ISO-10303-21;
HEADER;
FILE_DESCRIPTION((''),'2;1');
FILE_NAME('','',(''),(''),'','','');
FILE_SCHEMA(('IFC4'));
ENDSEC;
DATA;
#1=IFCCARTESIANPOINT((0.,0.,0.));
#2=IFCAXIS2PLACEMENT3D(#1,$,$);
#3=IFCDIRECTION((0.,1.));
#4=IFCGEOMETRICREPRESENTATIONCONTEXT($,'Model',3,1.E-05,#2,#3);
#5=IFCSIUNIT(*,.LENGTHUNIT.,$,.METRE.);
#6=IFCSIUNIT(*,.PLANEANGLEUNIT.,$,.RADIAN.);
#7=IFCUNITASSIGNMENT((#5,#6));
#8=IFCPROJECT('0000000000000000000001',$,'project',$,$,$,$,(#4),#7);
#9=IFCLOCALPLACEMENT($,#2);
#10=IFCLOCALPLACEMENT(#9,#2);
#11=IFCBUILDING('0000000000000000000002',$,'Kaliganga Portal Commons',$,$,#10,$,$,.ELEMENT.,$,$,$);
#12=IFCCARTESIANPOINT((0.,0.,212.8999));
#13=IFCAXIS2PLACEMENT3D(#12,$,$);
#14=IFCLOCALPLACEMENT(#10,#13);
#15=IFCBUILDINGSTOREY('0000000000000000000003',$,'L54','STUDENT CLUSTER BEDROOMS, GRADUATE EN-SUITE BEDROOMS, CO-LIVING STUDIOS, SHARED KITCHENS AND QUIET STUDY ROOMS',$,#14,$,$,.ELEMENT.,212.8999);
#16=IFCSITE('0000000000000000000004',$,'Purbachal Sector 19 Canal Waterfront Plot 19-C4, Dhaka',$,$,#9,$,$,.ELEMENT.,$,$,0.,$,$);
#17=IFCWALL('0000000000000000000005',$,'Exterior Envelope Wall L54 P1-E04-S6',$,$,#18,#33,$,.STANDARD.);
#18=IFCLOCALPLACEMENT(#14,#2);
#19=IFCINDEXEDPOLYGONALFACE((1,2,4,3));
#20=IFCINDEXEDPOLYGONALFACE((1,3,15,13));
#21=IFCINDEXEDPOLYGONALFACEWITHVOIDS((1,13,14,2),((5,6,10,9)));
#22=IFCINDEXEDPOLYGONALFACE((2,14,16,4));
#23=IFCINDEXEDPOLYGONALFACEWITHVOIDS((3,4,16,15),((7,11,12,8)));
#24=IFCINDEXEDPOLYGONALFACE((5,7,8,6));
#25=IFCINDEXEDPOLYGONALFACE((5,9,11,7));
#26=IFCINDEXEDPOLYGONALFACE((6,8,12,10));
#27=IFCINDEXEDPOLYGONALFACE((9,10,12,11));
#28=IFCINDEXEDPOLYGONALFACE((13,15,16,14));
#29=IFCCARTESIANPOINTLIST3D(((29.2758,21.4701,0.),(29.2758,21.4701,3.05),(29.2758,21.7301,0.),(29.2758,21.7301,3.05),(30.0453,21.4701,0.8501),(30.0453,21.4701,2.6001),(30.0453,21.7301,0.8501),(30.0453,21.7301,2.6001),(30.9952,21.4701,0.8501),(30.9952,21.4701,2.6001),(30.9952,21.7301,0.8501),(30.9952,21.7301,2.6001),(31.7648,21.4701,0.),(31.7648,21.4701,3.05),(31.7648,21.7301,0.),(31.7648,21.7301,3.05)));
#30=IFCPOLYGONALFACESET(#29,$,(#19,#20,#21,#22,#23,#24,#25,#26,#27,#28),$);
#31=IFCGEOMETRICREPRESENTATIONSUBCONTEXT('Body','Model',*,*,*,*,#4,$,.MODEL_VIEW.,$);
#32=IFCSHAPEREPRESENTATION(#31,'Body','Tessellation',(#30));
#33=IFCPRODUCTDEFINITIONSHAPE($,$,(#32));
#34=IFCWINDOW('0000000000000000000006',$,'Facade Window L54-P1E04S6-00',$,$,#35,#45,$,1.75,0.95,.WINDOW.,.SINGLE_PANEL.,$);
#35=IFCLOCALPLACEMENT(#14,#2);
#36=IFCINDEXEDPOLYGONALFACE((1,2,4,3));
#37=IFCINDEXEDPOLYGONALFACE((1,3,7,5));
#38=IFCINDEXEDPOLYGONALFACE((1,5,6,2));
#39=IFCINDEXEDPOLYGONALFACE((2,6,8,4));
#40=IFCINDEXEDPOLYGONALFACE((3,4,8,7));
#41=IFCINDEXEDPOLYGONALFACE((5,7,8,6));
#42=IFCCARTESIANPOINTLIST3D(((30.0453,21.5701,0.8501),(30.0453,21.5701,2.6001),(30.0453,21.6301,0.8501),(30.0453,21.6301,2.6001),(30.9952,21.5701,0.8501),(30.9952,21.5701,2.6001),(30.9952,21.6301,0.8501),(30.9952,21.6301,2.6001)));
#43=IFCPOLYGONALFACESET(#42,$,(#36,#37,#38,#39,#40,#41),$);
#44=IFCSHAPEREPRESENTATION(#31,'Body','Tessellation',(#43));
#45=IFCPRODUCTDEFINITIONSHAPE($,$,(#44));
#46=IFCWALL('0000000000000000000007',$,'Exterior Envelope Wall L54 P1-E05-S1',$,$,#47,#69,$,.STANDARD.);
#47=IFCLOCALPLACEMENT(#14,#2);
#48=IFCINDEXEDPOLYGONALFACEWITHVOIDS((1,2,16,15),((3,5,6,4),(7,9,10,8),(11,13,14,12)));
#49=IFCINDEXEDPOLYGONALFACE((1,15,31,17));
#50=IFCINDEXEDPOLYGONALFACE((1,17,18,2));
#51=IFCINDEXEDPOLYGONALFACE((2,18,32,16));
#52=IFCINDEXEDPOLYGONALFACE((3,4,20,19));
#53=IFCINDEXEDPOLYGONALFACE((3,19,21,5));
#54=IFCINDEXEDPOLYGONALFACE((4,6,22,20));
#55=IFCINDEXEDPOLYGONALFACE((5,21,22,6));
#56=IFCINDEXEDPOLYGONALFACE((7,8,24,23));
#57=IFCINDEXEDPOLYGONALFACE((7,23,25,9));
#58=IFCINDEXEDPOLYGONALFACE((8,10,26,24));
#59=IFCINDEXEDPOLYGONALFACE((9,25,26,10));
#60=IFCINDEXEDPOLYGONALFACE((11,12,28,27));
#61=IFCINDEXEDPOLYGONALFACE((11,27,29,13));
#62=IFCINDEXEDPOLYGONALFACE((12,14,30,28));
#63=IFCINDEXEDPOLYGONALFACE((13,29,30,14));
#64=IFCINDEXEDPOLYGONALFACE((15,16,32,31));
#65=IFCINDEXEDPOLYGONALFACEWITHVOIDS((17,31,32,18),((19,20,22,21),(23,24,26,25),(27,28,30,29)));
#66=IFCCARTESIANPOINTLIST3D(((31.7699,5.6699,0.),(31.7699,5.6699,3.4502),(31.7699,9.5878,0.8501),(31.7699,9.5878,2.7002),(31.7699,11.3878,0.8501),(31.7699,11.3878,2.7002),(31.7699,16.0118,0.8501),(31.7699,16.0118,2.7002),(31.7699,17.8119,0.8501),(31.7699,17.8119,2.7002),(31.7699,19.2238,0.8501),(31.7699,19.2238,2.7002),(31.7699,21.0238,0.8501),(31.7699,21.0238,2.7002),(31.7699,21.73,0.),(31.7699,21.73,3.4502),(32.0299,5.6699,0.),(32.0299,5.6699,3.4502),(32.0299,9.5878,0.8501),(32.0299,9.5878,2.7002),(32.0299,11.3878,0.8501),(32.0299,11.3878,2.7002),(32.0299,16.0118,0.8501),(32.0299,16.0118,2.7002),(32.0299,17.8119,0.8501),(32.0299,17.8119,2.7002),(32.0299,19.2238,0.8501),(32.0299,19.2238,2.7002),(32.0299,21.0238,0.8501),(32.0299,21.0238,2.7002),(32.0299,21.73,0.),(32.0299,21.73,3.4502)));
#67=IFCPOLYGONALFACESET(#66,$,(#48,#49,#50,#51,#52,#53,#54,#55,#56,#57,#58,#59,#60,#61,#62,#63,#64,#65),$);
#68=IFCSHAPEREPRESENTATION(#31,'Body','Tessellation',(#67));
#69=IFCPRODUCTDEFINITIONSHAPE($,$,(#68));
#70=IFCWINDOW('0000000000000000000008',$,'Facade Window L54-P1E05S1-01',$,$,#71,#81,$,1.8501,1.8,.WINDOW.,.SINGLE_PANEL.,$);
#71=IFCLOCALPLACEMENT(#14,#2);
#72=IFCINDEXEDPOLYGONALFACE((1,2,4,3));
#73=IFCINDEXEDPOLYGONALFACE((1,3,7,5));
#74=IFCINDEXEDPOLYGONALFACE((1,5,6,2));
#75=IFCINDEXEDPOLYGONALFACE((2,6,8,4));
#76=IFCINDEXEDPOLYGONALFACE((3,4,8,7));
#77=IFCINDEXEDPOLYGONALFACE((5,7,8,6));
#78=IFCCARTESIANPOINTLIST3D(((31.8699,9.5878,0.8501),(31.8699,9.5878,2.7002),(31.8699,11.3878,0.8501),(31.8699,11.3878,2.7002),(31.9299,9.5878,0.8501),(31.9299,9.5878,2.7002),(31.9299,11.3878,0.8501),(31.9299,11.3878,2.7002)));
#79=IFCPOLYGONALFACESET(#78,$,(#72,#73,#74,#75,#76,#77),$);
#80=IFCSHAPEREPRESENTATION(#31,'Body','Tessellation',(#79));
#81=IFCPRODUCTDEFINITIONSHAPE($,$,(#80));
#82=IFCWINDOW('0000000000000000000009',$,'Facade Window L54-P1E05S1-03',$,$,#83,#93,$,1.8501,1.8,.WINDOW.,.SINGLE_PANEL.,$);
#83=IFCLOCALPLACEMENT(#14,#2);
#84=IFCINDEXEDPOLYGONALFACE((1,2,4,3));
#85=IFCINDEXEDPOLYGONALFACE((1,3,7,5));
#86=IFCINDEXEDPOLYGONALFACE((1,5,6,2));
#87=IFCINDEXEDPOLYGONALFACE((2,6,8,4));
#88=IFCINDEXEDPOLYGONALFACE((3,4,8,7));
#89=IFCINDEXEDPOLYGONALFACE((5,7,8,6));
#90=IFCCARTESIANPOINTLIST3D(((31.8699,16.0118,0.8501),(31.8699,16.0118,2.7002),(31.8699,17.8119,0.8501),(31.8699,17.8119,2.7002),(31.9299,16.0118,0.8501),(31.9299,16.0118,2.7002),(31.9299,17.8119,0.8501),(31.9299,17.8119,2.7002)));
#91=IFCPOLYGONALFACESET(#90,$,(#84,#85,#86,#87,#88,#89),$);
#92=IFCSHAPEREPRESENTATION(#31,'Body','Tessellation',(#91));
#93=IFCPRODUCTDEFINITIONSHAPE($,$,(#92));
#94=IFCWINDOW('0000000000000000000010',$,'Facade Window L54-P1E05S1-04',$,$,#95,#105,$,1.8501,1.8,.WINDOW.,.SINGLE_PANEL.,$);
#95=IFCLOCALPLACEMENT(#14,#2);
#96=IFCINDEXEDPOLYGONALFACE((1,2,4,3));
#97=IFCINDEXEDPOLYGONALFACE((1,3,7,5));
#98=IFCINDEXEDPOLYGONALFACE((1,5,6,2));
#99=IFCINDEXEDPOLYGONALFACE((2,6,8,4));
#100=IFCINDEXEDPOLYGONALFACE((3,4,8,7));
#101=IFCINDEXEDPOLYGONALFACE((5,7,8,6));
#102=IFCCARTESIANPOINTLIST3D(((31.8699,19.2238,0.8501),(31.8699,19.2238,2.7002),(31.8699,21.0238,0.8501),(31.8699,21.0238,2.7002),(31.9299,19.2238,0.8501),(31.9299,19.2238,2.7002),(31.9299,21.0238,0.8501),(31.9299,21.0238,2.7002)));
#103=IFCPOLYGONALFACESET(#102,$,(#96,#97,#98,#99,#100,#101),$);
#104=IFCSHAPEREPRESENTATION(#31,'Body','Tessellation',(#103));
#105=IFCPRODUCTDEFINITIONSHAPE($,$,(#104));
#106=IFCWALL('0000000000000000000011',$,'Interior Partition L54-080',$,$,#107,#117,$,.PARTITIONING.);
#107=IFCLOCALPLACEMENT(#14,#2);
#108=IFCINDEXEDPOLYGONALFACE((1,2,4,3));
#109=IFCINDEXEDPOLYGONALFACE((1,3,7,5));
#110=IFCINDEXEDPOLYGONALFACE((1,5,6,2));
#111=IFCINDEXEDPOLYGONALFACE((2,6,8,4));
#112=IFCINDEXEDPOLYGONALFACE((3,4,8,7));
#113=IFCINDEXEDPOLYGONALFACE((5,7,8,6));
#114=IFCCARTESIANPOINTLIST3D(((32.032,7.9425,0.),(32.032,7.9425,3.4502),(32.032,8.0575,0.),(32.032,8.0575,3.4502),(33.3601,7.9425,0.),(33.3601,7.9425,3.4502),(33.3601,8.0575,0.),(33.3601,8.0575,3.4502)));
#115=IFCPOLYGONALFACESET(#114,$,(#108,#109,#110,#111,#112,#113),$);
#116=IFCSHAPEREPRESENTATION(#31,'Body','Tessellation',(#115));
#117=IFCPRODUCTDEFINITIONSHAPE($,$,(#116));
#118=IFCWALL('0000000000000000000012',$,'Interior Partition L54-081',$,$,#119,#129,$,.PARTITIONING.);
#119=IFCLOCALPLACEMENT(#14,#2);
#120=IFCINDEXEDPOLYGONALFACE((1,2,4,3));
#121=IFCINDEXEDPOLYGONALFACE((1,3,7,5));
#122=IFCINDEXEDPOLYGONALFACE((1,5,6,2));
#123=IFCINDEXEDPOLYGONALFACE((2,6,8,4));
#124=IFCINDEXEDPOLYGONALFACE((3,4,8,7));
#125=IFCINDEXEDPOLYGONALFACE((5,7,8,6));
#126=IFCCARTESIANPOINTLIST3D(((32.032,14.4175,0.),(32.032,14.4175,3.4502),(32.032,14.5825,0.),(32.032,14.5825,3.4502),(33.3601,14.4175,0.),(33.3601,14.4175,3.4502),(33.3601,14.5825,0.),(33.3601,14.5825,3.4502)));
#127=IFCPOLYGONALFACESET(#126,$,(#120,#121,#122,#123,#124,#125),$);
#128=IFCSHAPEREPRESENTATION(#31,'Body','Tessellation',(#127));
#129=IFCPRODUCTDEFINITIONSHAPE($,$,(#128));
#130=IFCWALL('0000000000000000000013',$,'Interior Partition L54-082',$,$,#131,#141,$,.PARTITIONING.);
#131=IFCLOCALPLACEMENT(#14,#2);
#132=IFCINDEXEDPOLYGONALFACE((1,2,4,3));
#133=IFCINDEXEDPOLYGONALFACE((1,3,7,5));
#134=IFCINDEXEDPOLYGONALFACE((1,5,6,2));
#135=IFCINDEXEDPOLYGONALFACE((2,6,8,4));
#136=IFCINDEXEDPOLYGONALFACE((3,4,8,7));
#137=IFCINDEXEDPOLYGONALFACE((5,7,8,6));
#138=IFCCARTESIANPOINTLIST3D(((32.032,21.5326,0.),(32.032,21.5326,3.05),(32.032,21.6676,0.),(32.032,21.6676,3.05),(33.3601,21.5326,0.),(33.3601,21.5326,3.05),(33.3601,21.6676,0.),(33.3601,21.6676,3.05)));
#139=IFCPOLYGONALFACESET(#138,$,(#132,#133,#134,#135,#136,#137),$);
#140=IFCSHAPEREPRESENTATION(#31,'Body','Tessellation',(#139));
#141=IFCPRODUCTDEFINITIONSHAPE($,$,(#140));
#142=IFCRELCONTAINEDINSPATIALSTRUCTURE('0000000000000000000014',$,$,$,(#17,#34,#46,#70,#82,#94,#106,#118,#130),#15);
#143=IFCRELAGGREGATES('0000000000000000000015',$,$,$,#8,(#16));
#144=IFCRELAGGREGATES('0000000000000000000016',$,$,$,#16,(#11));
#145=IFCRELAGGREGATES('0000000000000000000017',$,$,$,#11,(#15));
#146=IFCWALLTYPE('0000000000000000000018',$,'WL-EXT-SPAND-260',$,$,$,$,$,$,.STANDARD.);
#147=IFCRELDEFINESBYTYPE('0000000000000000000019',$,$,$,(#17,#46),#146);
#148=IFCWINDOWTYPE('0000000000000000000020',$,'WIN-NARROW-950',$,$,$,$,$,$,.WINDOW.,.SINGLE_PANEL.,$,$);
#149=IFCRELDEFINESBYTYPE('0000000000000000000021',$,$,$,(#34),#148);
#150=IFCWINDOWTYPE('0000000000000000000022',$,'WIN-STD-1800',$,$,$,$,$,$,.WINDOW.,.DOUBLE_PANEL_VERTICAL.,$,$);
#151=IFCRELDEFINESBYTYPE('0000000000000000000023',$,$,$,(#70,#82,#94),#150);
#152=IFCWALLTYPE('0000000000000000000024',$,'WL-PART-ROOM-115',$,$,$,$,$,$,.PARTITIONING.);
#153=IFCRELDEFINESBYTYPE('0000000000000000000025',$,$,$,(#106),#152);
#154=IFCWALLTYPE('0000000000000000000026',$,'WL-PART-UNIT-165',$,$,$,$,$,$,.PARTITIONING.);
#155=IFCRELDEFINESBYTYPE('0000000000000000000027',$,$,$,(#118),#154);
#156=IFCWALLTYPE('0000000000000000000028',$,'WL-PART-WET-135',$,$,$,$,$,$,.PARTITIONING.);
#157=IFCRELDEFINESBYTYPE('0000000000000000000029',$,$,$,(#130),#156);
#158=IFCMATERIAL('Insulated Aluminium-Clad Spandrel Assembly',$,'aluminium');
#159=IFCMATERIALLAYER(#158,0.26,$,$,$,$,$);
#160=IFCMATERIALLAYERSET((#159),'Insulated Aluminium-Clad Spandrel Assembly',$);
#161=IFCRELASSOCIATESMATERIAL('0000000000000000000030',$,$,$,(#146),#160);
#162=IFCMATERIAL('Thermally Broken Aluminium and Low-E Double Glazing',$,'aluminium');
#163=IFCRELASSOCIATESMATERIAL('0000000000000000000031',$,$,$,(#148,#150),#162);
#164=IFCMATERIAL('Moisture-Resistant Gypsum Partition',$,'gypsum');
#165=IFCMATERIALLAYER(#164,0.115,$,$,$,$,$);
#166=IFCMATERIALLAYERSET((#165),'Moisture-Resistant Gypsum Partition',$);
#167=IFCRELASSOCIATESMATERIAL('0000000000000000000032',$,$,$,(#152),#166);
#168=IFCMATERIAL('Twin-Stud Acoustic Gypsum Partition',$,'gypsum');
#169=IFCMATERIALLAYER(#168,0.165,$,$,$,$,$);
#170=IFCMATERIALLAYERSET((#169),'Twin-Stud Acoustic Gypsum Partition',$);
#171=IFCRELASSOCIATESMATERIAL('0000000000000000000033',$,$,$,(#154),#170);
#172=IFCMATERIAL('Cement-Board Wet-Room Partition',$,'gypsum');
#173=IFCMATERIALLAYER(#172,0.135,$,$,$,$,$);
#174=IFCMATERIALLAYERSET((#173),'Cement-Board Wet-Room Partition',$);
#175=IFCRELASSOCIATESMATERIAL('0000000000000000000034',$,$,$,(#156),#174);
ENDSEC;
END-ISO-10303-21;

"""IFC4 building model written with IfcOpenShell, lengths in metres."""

from ifc_helpers import new_model, si_unit, direction, frame, frame_2d, origin, place, context, subcontext, project, spatial, rectangle, extrude, material, layer, layer_set, type_object, element, fill, save


model = new_model("IFC4")

# Units and contexts
model_context = context("Model", 3, precision=1e-05, world=origin(), true_north=direction((0.0, 1.0)))
body_context = subcontext(model_context, "Body", "Model", "MODEL_VIEW")
ifc_project = project(units=[si_unit("LENGTHUNIT", "METRE"), si_unit("PLANEANGLEUNIT", "RADIAN")], contexts=[model_context])

# Site, building, storey
site_placement = place(None, origin())
site = spatial("IfcSite", under=ifc_project, at=site_placement, Name="Purbachal Sector 19 Canal Waterfront Plot 19-C4, Dhaka", CompositionType="ELEMENT", RefElevation=0.0)
building_placement = place(site_placement, origin())
building = spatial("IfcBuilding", under=site, at=building_placement, Name="Kaliganga Portal Commons", CompositionType="ELEMENT")
storey_placement = place(building_placement, frame((0.0, 0.0, 212.8999)))
storey = spatial("IfcBuildingStorey", under=building, at=storey_placement, Name="L54", Description="STUDENT CLUSTER BEDROOMS, GRADUATE EN-SUITE BEDROOMS, CO-LIVING STUDIOS, SHARED KITCHENS AND QUIET STUDY ROOMS", CompositionType="ELEMENT", Elevation=212.8999)

# Wall, opening, window
ifc_material_1 = material(Name="Insulated Aluminium-Clad Spandrel Assembly", Category="aluminium")
ifc_layer_1 = layer(ifc_material_1, 0.26)
ifc_layer_set_1 = layer_set([ifc_layer_1], Name="Insulated Aluminium-Clad Spandrel Assembly")
wall_type_1 = type_object("IfcWallType", Name="WL-EXT-SPAND-260", PredefinedType="STANDARD", material=ifc_layer_set_1)
ifc_material_2 = material(Name="Thermally Broken Aluminium and Low-E Double Glazing", Category="aluminium")
window_type_1 = type_object("IfcWindowType", Name="WIN-NARROW-950", PartitioningType="SINGLE_PANEL", PredefinedType="WINDOW", material=ifc_material_2)
wall_1_placement = place(storey_placement, frame((31.7649, 21.6001, 0.0), z_axis=(0.0, 0.0, 1.0), x_axis=(-1.0, 0.0, 0.0)))
wall_1 = element("IfcWall", 1, at=wall_1_placement, inside=storey, type_object=wall_type_1, Name="Exterior Envelope Wall L54 P1-E04-S6", PredefinedType="STANDARD", context=body_context, shape_type="SweptSolid", body=[
    extrude(rectangle(XDim=2.489, YDim=0.26, at=frame_2d((1.2446, 0.0))), origin(), (0.0, 0.0, 1.0), 3.05),
])
opening_1_placement = place(wall_1_placement, frame((0.7695, 0.0, 0.8501)))
opening_1 = element("IfcOpeningElement", 2, at=opening_1_placement, cuts=wall_1, PredefinedType="OPENING", context=body_context, shape_type="SweptSolid", body=[
    extrude(rectangle(XDim=0.95, YDim=1.75, at=frame_2d((0.4751, 0.875))), frame((0.0, 0.1401, 0.0), z_axis=(0.0, -1.0, 0.0), x_axis=(1.0, 0.0, 0.0)), (0.0, 0.0, 1.0), 0.28),
])
window_1_placement = place(opening_1_placement, origin())
window_1 = element("IfcWindow", 3, at=window_1_placement, inside=storey, type_object=window_type_1, Name="Facade Window L54-P1E04S6-00", OverallHeight=1.75, OverallWidth=0.95, PartitioningType="SINGLE_PANEL", PredefinedType="WINDOW", context=body_context, shape_type="SweptSolid", body=[
    extrude(rectangle(XDim=0.95, YDim=1.75, at=frame_2d((0.4751, 0.875))), frame((0.0, 0.03, 0.0), z_axis=(0.0, -1.0, 0.0), x_axis=(1.0, 0.0, 0.0)), (0.0, 0.0, 1.0), 0.0601),
])
fill(opening_1, window_1)

# Wall, openings, windows
wall_2_placement = place(storey_placement, frame((31.8999, 5.6699, 0.0), z_axis=(0.0, 0.0, 1.0), x_axis=(0.0, 1.0, 0.0)))
wall_2 = element("IfcWall", 4, at=wall_2_placement, inside=storey, type_object=wall_type_1, Name="Exterior Envelope Wall L54 P1-E05-S1", PredefinedType="STANDARD", context=body_context, shape_type="SweptSolid", body=[
    extrude(rectangle(XDim=16.0601, YDim=0.26, at=frame_2d((8.03, 0.0))), origin(), (0.0, 0.0, 1.0), 3.4502),
])
opening_2_placement = place(wall_2_placement, frame((3.918, 0.0, 0.8501)))
opening_2 = element("IfcOpeningElement", 5, at=opening_2_placement, cuts=wall_2, PredefinedType="OPENING", context=body_context, shape_type="SweptSolid", body=[
    extrude(rectangle(XDim=1.8, YDim=1.8501, at=frame_2d((0.8999, 0.925))), frame((0.0, 0.1401, 0.0), z_axis=(0.0, -1.0, 0.0), x_axis=(1.0, 0.0, 0.0)), (0.0, 0.0, 1.0), 0.28),
])
opening_3_placement = place(wall_2_placement, frame((10.342, 0.0, 0.8501)))
opening_3 = element("IfcOpeningElement", 6, at=opening_3_placement, cuts=wall_2, PredefinedType="OPENING", context=body_context, shape_type="SweptSolid", body=[
    extrude(rectangle(XDim=1.8, YDim=1.8501, at=frame_2d((0.8999, 0.925))), frame((0.0, 0.1401, 0.0), z_axis=(0.0, -1.0, 0.0), x_axis=(1.0, 0.0, 0.0)), (0.0, 0.0, 1.0), 0.28),
])
opening_4_placement = place(wall_2_placement, frame((13.554, 0.0, 0.8501)))
opening_4 = element("IfcOpeningElement", 7, at=opening_4_placement, cuts=wall_2, PredefinedType="OPENING", context=body_context, shape_type="SweptSolid", body=[
    extrude(rectangle(XDim=1.8, YDim=1.8501, at=frame_2d((0.8999, 0.925))), frame((0.0, 0.1401, 0.0), z_axis=(0.0, -1.0, 0.0), x_axis=(1.0, 0.0, 0.0)), (0.0, 0.0, 1.0), 0.28),
])
window_type_2 = type_object("IfcWindowType", Name="WIN-STD-1800", PartitioningType="DOUBLE_PANEL_VERTICAL", PredefinedType="WINDOW", material=ifc_material_2)
window_2_placement = place(opening_2_placement, origin())
window_2 = element("IfcWindow", 8, at=window_2_placement, inside=storey, type_object=window_type_2, Name="Facade Window L54-P1E05S1-01", OverallHeight=1.8501, OverallWidth=1.8, PartitioningType="SINGLE_PANEL", PredefinedType="WINDOW", context=body_context, shape_type="SweptSolid", body=[
    extrude(rectangle(XDim=1.8, YDim=1.8501, at=frame_2d((0.8999, 0.925))), frame((0.0, 0.03, 0.0), z_axis=(0.0, -1.0, 0.0), x_axis=(1.0, 0.0, 0.0)), (0.0, 0.0, 1.0), 0.0601),
])
fill(opening_2, window_2)
window_3_placement = place(opening_3_placement, origin())
window_3 = element("IfcWindow", 9, at=window_3_placement, inside=storey, type_object=window_type_2, Name="Facade Window L54-P1E05S1-03", OverallHeight=1.8501, OverallWidth=1.8, PartitioningType="SINGLE_PANEL", PredefinedType="WINDOW", context=body_context, shape_type="SweptSolid", body=[
    extrude(rectangle(XDim=1.8, YDim=1.8501, at=frame_2d((0.8999, 0.925))), frame((0.0, 0.03, 0.0), z_axis=(0.0, -1.0, 0.0), x_axis=(1.0, 0.0, 0.0)), (0.0, 0.0, 1.0), 0.0601),
])
fill(opening_3, window_3)
window_4_placement = place(opening_4_placement, origin())
window_4 = element("IfcWindow", 10, at=window_4_placement, inside=storey, type_object=window_type_2, Name="Facade Window L54-P1E05S1-04", OverallHeight=1.8501, OverallWidth=1.8, PartitioningType="SINGLE_PANEL", PredefinedType="WINDOW", context=body_context, shape_type="SweptSolid", body=[
    extrude(rectangle(XDim=1.8, YDim=1.8501, at=frame_2d((0.8999, 0.925))), frame((0.0, 0.03, 0.0), z_axis=(0.0, -1.0, 0.0), x_axis=(1.0, 0.0, 0.0)), (0.0, 0.0, 1.0), 0.0601),
])
fill(opening_4, window_4)

# Walls
ifc_material_3 = material(Name="Moisture-Resistant Gypsum Partition", Category="gypsum")
ifc_layer_2 = layer(ifc_material_3, 0.115)
ifc_layer_set_2 = layer_set([ifc_layer_2], Name="Moisture-Resistant Gypsum Partition")
wall_type_2 = type_object("IfcWallType", Name="WL-PART-ROOM-115", PredefinedType="PARTITIONING", material=ifc_layer_set_2)
wall_3_placement = place(storey_placement, frame((32.032, 8.0, 0.0), z_axis=(0.0, 0.0, 1.0), x_axis=(1.0, 0.0, 0.0)))
element("IfcWall", 11, at=wall_3_placement, inside=storey, type_object=wall_type_2, Name="Interior Partition L54-080", PredefinedType="PARTITIONING", context=body_context, shape_type="SweptSolid", body=[
    extrude(rectangle(XDim=1.3281, YDim=0.115, at=frame_2d((0.6641, 0.0))), origin(), (0.0, 0.0, 1.0), 3.4502),
])
ifc_material_4 = material(Name="Twin-Stud Acoustic Gypsum Partition", Category="gypsum")
ifc_layer_3 = layer(ifc_material_4, 0.165)
ifc_layer_set_3 = layer_set([ifc_layer_3], Name="Twin-Stud Acoustic Gypsum Partition")
wall_type_3 = type_object("IfcWallType", Name="WL-PART-UNIT-165", PredefinedType="PARTITIONING", material=ifc_layer_set_3)
wall_4_placement = place(storey_placement, frame((32.032, 14.5, 0.0), z_axis=(0.0, 0.0, 1.0), x_axis=(1.0, 0.0, 0.0)))
element("IfcWall", 12, at=wall_4_placement, inside=storey, type_object=wall_type_3, Name="Interior Partition L54-081", PredefinedType="PARTITIONING", context=body_context, shape_type="SweptSolid", body=[
    extrude(rectangle(XDim=1.3281, YDim=0.165, at=frame_2d((0.6641, 0.0))), origin(), (0.0, 0.0, 1.0), 3.4502),
])
ifc_material_5 = material(Name="Cement-Board Wet-Room Partition", Category="gypsum")
ifc_layer_4 = layer(ifc_material_5, 0.135)
ifc_layer_set_4 = layer_set([ifc_layer_4], Name="Cement-Board Wet-Room Partition")
wall_type_4 = type_object("IfcWallType", Name="WL-PART-WET-135", PredefinedType="PARTITIONING", material=ifc_layer_set_4)
wall_5_placement = place(storey_placement, frame((32.032, 21.6001, 0.0), z_axis=(0.0, 0.0, 1.0), x_axis=(1.0, 0.0, 0.0)))
element("IfcWall", 13, at=wall_5_placement, inside=storey, type_object=wall_type_4, Name="Interior Partition L54-082", PredefinedType="PARTITIONING", context=body_context, shape_type="SweptSolid", body=[
    extrude(rectangle(XDim=1.3281, YDim=0.135, at=frame_2d((0.6641, 0.0))), origin(), (0.0, 0.0, 1.0), 3.05),
])

save(model, "model.ifc")
